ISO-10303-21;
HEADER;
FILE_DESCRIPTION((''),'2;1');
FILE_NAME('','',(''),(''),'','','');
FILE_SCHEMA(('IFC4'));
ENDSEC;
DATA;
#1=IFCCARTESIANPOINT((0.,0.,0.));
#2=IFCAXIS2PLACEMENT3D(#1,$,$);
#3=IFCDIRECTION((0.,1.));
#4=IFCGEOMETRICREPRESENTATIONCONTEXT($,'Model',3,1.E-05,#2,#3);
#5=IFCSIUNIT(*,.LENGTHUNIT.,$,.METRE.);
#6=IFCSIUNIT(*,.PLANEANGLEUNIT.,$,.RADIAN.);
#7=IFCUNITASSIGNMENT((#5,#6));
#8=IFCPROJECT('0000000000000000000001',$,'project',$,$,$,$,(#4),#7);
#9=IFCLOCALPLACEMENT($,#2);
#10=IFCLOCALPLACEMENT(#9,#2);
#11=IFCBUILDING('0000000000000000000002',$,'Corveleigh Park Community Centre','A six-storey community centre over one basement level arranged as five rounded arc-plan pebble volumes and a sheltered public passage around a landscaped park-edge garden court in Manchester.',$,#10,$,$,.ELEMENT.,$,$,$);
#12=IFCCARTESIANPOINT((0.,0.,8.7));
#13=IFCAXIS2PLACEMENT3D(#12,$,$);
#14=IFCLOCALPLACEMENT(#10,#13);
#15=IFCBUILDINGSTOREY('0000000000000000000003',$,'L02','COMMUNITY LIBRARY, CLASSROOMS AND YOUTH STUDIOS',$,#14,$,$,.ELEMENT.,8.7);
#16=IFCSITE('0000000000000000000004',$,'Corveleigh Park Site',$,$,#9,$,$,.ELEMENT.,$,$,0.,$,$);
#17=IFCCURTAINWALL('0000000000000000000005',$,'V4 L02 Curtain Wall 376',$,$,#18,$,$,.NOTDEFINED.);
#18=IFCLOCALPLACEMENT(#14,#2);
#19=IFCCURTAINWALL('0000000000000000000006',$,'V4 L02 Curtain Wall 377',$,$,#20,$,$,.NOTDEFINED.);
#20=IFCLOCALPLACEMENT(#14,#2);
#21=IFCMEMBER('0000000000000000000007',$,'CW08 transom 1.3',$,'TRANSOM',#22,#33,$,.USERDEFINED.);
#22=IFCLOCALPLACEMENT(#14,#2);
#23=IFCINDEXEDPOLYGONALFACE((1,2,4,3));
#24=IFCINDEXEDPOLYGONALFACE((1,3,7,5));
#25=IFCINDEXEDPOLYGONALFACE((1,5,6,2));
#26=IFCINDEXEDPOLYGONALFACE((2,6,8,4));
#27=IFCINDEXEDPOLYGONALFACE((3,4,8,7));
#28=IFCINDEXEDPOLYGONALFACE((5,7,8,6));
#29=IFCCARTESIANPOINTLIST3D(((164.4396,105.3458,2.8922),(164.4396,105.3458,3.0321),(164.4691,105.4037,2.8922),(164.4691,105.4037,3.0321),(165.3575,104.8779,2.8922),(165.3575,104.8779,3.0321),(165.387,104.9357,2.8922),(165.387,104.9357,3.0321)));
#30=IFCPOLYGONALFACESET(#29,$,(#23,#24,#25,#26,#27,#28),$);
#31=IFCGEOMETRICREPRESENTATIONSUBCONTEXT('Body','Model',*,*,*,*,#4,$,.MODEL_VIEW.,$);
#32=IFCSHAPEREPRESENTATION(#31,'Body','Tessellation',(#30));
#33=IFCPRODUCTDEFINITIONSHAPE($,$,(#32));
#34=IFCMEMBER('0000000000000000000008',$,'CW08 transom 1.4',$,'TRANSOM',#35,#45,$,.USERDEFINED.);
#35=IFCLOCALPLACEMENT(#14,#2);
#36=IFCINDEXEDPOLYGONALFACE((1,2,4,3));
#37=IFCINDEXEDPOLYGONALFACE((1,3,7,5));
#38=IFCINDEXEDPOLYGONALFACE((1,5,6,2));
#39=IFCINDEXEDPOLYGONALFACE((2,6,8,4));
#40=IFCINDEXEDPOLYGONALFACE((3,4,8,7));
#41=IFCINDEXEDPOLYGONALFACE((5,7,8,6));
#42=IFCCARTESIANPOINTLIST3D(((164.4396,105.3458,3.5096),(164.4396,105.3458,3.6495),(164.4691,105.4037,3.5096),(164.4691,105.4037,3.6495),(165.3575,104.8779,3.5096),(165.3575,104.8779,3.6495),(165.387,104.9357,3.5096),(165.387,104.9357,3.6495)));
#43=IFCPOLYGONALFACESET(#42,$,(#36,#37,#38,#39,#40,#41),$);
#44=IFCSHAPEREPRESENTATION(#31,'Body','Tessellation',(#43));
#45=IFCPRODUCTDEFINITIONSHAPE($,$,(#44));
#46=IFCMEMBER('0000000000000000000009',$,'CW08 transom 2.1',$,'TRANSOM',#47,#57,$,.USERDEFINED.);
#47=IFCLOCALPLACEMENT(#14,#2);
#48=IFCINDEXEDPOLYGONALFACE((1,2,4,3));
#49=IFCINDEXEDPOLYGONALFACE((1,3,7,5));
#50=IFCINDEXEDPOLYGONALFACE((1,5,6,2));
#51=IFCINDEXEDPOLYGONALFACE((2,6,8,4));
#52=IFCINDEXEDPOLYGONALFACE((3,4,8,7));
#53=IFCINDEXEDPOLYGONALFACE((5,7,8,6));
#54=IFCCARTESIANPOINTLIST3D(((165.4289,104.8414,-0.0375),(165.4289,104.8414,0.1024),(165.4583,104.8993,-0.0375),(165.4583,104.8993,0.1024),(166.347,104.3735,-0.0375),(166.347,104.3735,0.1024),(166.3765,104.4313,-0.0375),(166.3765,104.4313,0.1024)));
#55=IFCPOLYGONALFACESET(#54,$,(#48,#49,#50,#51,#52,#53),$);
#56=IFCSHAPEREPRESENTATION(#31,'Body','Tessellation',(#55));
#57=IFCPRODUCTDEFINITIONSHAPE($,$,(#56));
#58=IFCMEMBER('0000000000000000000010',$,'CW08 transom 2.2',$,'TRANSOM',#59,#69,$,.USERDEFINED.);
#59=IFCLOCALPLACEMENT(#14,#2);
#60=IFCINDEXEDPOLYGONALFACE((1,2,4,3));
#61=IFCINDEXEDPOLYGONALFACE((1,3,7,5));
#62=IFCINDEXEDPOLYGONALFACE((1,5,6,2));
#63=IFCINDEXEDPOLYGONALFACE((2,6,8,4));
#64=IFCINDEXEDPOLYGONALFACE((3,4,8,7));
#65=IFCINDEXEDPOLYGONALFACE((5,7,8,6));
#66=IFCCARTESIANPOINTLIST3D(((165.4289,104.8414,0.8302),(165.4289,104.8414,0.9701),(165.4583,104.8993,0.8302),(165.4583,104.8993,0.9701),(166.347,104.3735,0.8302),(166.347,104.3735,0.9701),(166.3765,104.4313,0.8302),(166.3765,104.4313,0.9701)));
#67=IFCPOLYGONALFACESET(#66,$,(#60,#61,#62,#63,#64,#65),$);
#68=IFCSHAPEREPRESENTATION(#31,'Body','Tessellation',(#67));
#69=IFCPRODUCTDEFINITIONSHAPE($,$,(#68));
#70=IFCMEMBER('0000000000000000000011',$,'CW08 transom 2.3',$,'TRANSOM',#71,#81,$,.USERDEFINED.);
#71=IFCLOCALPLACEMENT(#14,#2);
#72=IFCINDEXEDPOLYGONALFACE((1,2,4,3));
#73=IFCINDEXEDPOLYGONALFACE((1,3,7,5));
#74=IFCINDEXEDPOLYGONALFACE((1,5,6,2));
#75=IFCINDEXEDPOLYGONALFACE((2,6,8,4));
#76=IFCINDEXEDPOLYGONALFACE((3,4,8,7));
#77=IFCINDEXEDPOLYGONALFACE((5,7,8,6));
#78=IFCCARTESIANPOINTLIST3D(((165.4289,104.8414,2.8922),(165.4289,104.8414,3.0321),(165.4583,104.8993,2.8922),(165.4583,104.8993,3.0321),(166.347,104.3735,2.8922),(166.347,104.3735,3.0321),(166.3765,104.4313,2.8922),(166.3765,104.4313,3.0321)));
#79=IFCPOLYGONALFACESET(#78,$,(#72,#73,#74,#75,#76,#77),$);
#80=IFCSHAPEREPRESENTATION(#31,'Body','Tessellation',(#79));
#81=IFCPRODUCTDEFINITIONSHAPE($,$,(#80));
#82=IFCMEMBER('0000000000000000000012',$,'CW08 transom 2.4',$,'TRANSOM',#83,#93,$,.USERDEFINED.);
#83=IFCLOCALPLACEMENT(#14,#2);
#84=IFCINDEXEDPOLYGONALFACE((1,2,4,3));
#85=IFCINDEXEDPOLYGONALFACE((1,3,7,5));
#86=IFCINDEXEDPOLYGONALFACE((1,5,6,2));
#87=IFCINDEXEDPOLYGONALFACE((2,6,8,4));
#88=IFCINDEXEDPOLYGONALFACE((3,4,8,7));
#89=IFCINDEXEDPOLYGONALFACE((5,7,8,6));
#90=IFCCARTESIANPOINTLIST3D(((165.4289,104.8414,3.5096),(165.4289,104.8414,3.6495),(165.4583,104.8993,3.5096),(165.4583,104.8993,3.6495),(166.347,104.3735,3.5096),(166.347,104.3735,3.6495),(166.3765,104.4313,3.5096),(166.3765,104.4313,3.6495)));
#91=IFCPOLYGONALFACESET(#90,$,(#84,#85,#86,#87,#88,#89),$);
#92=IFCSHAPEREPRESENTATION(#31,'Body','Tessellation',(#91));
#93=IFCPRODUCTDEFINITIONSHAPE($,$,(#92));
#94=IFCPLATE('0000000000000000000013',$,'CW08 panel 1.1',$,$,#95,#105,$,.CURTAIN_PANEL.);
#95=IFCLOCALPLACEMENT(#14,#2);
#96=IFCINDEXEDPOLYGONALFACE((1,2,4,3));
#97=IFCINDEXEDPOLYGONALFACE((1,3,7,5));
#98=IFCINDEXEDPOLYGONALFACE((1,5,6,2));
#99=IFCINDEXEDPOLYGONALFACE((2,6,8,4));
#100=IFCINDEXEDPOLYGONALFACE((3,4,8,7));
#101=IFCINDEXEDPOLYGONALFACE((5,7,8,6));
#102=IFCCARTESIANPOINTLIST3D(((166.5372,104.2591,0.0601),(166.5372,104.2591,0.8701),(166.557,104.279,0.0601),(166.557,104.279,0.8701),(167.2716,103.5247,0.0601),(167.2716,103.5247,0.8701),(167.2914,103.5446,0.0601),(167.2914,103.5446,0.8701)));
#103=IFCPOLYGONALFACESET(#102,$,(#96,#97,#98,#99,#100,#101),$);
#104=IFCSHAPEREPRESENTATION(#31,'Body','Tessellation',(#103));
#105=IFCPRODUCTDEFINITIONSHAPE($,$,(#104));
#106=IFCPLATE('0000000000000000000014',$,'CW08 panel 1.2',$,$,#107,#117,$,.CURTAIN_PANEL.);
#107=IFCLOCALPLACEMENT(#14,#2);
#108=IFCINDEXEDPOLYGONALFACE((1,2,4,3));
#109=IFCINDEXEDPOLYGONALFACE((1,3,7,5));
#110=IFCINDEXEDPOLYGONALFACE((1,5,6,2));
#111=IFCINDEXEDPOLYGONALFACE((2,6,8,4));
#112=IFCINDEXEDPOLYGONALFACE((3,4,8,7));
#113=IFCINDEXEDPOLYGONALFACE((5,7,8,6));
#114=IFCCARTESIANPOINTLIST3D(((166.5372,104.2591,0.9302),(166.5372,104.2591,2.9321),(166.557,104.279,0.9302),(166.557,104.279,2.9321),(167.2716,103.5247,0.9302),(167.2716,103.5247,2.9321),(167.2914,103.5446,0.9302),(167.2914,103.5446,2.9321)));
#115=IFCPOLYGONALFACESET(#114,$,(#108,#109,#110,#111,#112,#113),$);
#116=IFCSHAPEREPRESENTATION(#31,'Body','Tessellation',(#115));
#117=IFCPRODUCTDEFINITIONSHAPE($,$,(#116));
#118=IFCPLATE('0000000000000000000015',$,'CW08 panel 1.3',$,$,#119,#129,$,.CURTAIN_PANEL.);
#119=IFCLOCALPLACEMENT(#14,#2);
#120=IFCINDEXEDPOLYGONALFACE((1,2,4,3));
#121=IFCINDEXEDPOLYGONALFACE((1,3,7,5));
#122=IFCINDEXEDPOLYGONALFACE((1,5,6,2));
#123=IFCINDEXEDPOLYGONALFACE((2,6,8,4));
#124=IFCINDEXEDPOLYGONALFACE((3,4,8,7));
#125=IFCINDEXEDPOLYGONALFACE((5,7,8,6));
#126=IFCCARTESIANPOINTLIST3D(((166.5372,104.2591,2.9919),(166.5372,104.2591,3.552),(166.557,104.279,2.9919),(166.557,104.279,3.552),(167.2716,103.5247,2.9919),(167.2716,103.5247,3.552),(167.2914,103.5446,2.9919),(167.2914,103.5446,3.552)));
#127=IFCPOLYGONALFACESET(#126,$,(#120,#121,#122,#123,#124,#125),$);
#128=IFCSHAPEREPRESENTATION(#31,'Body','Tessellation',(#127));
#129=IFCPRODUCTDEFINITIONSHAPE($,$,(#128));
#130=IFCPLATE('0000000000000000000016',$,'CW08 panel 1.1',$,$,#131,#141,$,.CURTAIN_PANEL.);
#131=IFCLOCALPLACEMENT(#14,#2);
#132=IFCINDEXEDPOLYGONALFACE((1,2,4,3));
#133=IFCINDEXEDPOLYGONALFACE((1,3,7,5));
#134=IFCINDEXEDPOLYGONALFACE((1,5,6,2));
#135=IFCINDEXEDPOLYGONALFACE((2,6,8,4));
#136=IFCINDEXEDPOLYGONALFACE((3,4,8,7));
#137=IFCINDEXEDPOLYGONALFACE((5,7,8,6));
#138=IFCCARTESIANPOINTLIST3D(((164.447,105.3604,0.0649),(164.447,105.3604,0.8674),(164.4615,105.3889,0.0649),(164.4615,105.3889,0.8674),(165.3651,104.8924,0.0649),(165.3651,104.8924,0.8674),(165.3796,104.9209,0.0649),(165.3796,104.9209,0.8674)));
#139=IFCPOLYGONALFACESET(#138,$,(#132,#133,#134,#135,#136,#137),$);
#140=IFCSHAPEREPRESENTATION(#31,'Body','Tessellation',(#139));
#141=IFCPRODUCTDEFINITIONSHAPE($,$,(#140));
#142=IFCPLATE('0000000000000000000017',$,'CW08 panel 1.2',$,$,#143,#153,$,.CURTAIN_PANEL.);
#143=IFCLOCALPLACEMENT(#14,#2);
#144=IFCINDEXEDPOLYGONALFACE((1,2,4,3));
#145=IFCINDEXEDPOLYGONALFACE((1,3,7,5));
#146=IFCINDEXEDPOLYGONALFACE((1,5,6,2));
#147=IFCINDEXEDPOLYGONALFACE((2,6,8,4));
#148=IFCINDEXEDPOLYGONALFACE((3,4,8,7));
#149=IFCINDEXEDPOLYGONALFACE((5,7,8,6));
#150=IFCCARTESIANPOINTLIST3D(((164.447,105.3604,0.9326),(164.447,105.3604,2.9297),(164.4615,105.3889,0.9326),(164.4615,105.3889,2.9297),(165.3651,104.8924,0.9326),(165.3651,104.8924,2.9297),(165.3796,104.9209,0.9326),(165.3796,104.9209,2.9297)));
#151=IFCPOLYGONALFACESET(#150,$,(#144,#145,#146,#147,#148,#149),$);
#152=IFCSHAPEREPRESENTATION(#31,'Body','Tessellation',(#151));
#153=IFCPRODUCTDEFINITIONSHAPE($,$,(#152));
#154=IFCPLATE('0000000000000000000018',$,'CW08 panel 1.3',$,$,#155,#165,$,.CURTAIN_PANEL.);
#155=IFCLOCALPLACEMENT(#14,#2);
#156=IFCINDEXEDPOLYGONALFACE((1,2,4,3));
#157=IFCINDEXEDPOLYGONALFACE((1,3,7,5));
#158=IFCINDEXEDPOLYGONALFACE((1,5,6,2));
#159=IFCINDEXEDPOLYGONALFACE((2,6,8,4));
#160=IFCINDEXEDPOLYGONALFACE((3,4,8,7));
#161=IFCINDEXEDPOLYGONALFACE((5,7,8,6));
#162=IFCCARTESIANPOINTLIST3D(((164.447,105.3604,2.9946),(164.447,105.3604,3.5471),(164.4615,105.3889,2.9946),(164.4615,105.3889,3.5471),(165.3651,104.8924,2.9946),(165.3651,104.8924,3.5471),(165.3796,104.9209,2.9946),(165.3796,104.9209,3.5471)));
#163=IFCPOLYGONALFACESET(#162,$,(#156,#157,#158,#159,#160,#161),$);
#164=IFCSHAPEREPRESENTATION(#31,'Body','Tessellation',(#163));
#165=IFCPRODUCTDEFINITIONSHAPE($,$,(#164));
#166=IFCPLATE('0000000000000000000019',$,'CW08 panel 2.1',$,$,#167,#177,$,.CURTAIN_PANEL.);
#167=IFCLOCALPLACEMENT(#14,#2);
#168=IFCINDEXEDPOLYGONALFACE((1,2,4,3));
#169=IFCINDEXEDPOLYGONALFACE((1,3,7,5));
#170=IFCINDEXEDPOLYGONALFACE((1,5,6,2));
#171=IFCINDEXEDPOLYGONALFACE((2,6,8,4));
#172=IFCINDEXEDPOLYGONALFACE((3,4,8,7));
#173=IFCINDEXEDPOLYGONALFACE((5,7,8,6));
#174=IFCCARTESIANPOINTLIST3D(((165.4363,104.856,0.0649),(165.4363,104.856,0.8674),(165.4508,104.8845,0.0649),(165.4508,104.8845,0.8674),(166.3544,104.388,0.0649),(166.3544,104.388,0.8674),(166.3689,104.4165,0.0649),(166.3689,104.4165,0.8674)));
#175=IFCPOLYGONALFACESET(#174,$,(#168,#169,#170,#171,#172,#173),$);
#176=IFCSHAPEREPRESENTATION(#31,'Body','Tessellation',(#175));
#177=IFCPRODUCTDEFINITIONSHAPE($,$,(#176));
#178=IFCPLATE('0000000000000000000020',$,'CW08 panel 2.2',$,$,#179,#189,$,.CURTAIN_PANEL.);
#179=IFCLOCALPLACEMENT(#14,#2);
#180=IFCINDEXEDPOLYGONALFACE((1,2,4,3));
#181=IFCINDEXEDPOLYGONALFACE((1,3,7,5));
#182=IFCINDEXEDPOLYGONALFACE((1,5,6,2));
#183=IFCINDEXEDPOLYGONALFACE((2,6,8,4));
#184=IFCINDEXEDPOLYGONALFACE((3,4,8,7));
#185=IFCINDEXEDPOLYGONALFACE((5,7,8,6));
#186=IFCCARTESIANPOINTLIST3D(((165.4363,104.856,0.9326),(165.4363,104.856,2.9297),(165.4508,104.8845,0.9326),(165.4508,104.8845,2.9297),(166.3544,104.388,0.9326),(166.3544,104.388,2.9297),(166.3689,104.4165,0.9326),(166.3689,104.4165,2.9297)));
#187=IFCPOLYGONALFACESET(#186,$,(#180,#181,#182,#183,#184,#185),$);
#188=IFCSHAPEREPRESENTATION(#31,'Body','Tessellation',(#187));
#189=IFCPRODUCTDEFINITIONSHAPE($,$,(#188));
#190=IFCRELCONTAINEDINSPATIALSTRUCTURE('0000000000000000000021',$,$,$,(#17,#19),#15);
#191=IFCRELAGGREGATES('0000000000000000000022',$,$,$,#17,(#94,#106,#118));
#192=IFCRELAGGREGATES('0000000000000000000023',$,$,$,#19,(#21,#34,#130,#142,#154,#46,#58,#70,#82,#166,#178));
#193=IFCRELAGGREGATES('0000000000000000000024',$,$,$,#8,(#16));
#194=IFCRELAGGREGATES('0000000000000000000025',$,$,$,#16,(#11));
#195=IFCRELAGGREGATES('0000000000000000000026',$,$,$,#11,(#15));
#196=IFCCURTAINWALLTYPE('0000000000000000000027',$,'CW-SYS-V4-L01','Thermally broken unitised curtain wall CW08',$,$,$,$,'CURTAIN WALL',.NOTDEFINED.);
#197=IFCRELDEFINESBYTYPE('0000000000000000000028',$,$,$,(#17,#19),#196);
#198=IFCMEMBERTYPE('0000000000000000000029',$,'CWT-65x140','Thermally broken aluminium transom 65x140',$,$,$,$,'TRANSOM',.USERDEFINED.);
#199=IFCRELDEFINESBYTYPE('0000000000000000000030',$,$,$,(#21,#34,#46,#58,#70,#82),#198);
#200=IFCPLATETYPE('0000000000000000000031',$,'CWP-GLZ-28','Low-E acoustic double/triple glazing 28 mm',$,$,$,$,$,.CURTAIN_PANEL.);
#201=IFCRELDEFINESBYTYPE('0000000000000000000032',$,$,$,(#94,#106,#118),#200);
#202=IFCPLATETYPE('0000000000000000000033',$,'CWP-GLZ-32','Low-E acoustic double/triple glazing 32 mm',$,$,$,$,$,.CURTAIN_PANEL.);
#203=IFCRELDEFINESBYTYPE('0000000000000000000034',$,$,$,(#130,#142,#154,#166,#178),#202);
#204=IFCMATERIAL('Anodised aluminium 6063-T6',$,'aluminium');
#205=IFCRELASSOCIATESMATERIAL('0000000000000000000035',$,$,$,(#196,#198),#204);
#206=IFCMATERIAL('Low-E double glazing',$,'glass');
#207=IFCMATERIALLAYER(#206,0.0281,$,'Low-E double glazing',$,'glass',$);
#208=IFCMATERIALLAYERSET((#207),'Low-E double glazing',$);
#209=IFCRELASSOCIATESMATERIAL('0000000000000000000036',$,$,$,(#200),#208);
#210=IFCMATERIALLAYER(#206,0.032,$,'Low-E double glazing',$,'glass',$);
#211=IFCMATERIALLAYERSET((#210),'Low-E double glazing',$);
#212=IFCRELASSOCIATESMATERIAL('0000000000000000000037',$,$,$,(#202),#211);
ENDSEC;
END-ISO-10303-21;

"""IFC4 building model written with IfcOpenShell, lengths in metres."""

from ifc_helpers import new_model, si_unit, direction, frame, origin, origin_2d, place, context, subcontext, project, spatial, rectangle, extrude, material, layer, layer_set, material_profile, profile_set, type_object, element, aggregate, save


model = new_model("IFC4")

# Units and contexts
model_context = context("Model", 3, precision=1e-05, world=origin(), true_north=direction((0.0, 1.0)))
body_context = subcontext(model_context, "Body", "Model", "MODEL_VIEW")
ifc_project = project(units=[si_unit("LENGTHUNIT", "METRE"), si_unit("PLANEANGLEUNIT", "RADIAN")], contexts=[model_context])

# Site, building, storey
site_placement = place(None, origin())
site = spatial("IfcSite", under=ifc_project, at=site_placement, Name="Corveleigh Park Site", CompositionType="ELEMENT", RefElevation=0.0)
building_placement = place(site_placement, origin())
building = spatial("IfcBuilding", under=site, at=building_placement, Name="Corveleigh Park Community Centre", Description="A six-storey community centre over one basement level arranged as five rounded arc-plan pebble volumes and a sheltered public passage around a landscaped park-edge garden court in Manchester.", CompositionType="ELEMENT")
storey_placement = place(building_placement, frame((0.0, 0.0, 8.7)))
storey = spatial("IfcBuildingStorey", under=building, at=storey_placement, Name="L02", Description="COMMUNITY LIBRARY, CLASSROOMS AND YOUTH STUDIOS", CompositionType="ELEMENT", Elevation=8.7)

# Curtain walls
ifc_material_1 = material(Name="Anodised aluminium 6063-T6", Category="aluminium")
curtain_wall_type = type_object("IfcCurtainWallType", Name="CW-SYS-V4-L01", Description="Thermally broken unitised curtain wall CW08", ElementType="CURTAIN WALL", PredefinedType="NOTDEFINED", material=ifc_material_1)
curtain_wall_1_placement = place(storey_placement, origin())
curtain_wall_1 = element("IfcCurtainWall", 1, at=curtain_wall_1_placement, inside=storey, type_object=curtain_wall_type, Name="V4 L02 Curtain Wall 376", PredefinedType="NOTDEFINED")
curtain_wall_2_placement = place(storey_placement, origin())
curtain_wall_2 = element("IfcCurtainWall", 2, at=curtain_wall_2_placement, inside=storey, type_object=curtain_wall_type, Name="V4 L02 Curtain Wall 377", PredefinedType="NOTDEFINED")

# Members
ifc_material_profile_1 = material_profile(ifc_material_1, rectangle(XDim=0.0649, YDim=0.1399, at=origin_2d()), Name="ALU-T65x140", Category="aluminium")
ifc_profile_set_1 = profile_set([ifc_material_profile_1], Name="Anodised aluminium 6063-T6")
member_type_1 = type_object("IfcMemberType", Name="CWT-65x140", Description="Thermally broken aluminium transom 65x140", ElementType="TRANSOM", PredefinedType="USERDEFINED", material=ifc_profile_set_1)
member_1_placement = place(storey_placement, frame((164.4543, 105.3748, 2.9622), z_axis=(0.890893, -0.454213, 0.0), x_axis=(0.454213, 0.890893, 0.0)))
member_1 = element("IfcMember", 3, at=member_1_placement, type_object=member_type_1, Name="CW08 transom 1.3", ObjectType="TRANSOM", PredefinedType="USERDEFINED", context=body_context, shape_type="SweptSolid", body=[
    extrude(rectangle(XDim=0.0649, YDim=0.1399, at=origin_2d()), origin(), (0.0, 0.0, 1.0), 1.0303),
])
member_2_placement = place(storey_placement, frame((164.4543, 105.3748, 3.5796), z_axis=(0.890893, -0.454213, 0.0), x_axis=(0.454213, 0.890893, 0.0)))
member_2 = element("IfcMember", 4, at=member_2_placement, type_object=member_type_1, Name="CW08 transom 1.4", ObjectType="TRANSOM", PredefinedType="USERDEFINED", context=body_context, shape_type="SweptSolid", body=[
    extrude(rectangle(XDim=0.0649, YDim=0.1399, at=origin_2d()), origin(), (0.0, 0.0, 1.0), 1.0303),
])
member_3_placement = place(storey_placement, frame((165.4436, 104.8704, 0.0325), z_axis=(0.890942, -0.454117, 0.0), x_axis=(0.454117, 0.890942, 0.0)))
member_3 = element("IfcMember", 5, at=member_3_placement, type_object=member_type_1, Name="CW08 transom 2.1", ObjectType="TRANSOM", PredefinedType="USERDEFINED", context=body_context, shape_type="SweptSolid", body=[
    extrude(rectangle(XDim=0.0649, YDim=0.1399, at=origin_2d()), origin(), (0.0, 0.0, 1.0), 1.0305),
])
member_4_placement = place(storey_placement, frame((165.4436, 104.8704, 0.9001), z_axis=(0.890942, -0.454117, 0.0), x_axis=(0.454117, 0.890942, 0.0)))
member_4 = element("IfcMember", 6, at=member_4_placement, type_object=member_type_1, Name="CW08 transom 2.2", ObjectType="TRANSOM", PredefinedType="USERDEFINED", context=body_context, shape_type="SweptSolid", body=[
    extrude(rectangle(XDim=0.0649, YDim=0.1399, at=origin_2d()), origin(), (0.0, 0.0, 1.0), 1.0305),
])
member_5_placement = place(storey_placement, frame((165.4436, 104.8704, 2.9622), z_axis=(0.890942, -0.454117, 0.0), x_axis=(0.454117, 0.890942, 0.0)))
member_5 = element("IfcMember", 7, at=member_5_placement, type_object=member_type_1, Name="CW08 transom 2.3", ObjectType="TRANSOM", PredefinedType="USERDEFINED", context=body_context, shape_type="SweptSolid", body=[
    extrude(rectangle(XDim=0.0649, YDim=0.1399, at=origin_2d()), origin(), (0.0, 0.0, 1.0), 1.0305),
])
member_6_placement = place(storey_placement, frame((165.4436, 104.8704, 3.5796), z_axis=(0.890942, -0.454117, 0.0), x_axis=(0.454117, 0.890942, 0.0)))
member_6 = element("IfcMember", 8, at=member_6_placement, type_object=member_type_1, Name="CW08 transom 2.4", ObjectType="TRANSOM", PredefinedType="USERDEFINED", context=body_context, shape_type="SweptSolid", body=[
    extrude(rectangle(XDim=0.0649, YDim=0.1399, at=origin_2d()), origin(), (0.0, 0.0, 1.0), 1.0305),
])

# Plates
ifc_material_2 = material(Name="Low-E double glazing", Category="glass")
ifc_layer_1 = layer(ifc_material_2, 0.0281, Name="Low-E double glazing", Category="glass")
ifc_layer_set_1 = layer_set([ifc_layer_1], Name="Low-E double glazing")
plate_type_1 = type_object("IfcPlateType", Name="CWP-GLZ-28", Description="Low-E acoustic double/triple glazing 28 mm", PredefinedType="CURTAIN_PANEL", material=ifc_layer_set_1)
plate_1_placement = place(storey_placement, frame((166.9143, 103.9019, 0.0601), z_axis=(0.0, 0.0, 1.0), x_axis=(0.707107, -0.707107, 0.0)))
plate_1 = element("IfcPlate", 9, at=plate_1_placement, type_object=plate_type_1, Name="CW08 panel 1.1", PredefinedType="CURTAIN_PANEL", context=body_context, shape_type="SweptSolid", body=[
    extrude(rectangle(XDim=1.0386, YDim=0.0281, at=origin_2d()), origin(), (0.0, 0.0, 1.0), 0.8101),
])
plate_2_placement = place(storey_placement, frame((166.9143, 103.9019, 0.9302), z_axis=(0.0, 0.0, 1.0), x_axis=(0.707107, -0.707107, 0.0)))
plate_2 = element("IfcPlate", 10, at=plate_2_placement, type_object=plate_type_1, Name="CW08 panel 1.2", PredefinedType="CURTAIN_PANEL", context=body_context, shape_type="SweptSolid", body=[
    extrude(rectangle(XDim=1.0386, YDim=0.0281, at=origin_2d()), origin(), (0.0, 0.0, 1.0), 2.002),
])
plate_3_placement = place(storey_placement, frame((166.9143, 103.9019, 2.9919), z_axis=(0.0, 0.0, 1.0), x_axis=(0.707107, -0.707107, 0.0)))
plate_3 = element("IfcPlate", 11, at=plate_3_placement, type_object=plate_type_1, Name="CW08 panel 1.3", PredefinedType="CURTAIN_PANEL", context=body_context, shape_type="SweptSolid", body=[
    extrude(rectangle(XDim=1.0386, YDim=0.0281, at=origin_2d()), origin(), (0.0, 0.0, 1.0), 0.5601),
])
aggregate(curtain_wall_1, [plate_1, plate_2, plate_3])
ifc_layer_2 = layer(ifc_material_2, 0.032, Name="Low-E double glazing", Category="glass")
ifc_layer_set_2 = layer_set([ifc_layer_2], Name="Low-E double glazing")
plate_type_2 = type_object("IfcPlateType", Name="CWP-GLZ-32", Description="Low-E acoustic double/triple glazing 32 mm", PredefinedType="CURTAIN_PANEL", material=ifc_layer_set_2)
plate_4_placement = place(storey_placement, frame((164.9133, 105.1406, 0.0649), z_axis=(0.0, 0.0, 1.0), x_axis=(0.890923, -0.454154, 0.0)))
plate_4 = element("IfcPlate", 12, at=plate_4_placement, type_object=plate_type_2, Name="CW08 panel 1.1", PredefinedType="CURTAIN_PANEL", context=body_context, shape_type="SweptSolid", body=[
    extrude(rectangle(XDim=1.0305, YDim=0.032, at=origin_2d()), origin(), (0.0, 0.0, 1.0), 0.8025),
])
plate_5_placement = place(storey_placement, frame((164.9133, 105.1406, 0.9326), z_axis=(0.0, 0.0, 1.0), x_axis=(0.890923, -0.454154, 0.0)))
plate_5 = element("IfcPlate", 13, at=plate_5_placement, type_object=plate_type_2, Name="CW08 panel 1.2", PredefinedType="CURTAIN_PANEL", context=body_context, shape_type="SweptSolid", body=[
    extrude(rectangle(XDim=1.0305, YDim=0.032, at=origin_2d()), origin(), (0.0, 0.0, 1.0), 1.9971),
])
plate_6_placement = place(storey_placement, frame((164.9133, 105.1406, 2.9946), z_axis=(0.0, 0.0, 1.0), x_axis=(0.890923, -0.454154, 0.0)))
plate_6 = element("IfcPlate", 14, at=plate_6_placement, type_object=plate_type_2, Name="CW08 panel 1.3", PredefinedType="CURTAIN_PANEL", context=body_context, shape_type="SweptSolid", body=[
    extrude(rectangle(XDim=1.0305, YDim=0.032, at=origin_2d()), origin(), (0.0, 0.0, 1.0), 0.5525),
])
plate_7_placement = place(storey_placement, frame((165.9026, 104.6362, 0.0649), z_axis=(0.0, 0.0, 1.0), x_axis=(0.890923, -0.454154, 0.0)))
plate_7 = element("IfcPlate", 15, at=plate_7_placement, type_object=plate_type_2, Name="CW08 panel 2.1", PredefinedType="CURTAIN_PANEL", context=body_context, shape_type="SweptSolid", body=[
    extrude(rectangle(XDim=1.0305, YDim=0.032, at=origin_2d()), origin(), (0.0, 0.0, 1.0), 0.8025),
])
plate_8_placement = place(storey_placement, frame((165.9026, 104.6362, 0.9326), z_axis=(0.0, 0.0, 1.0), x_axis=(0.890923, -0.454154, 0.0)))
plate_8 = element("IfcPlate", 16, at=plate_8_placement, type_object=plate_type_2, Name="CW08 panel 2.2", PredefinedType="CURTAIN_PANEL", context=body_context, shape_type="SweptSolid", body=[
    extrude(rectangle(XDim=1.0305, YDim=0.032, at=origin_2d()), origin(), (0.0, 0.0, 1.0), 1.9971),
])
aggregate(curtain_wall_2, [member_1, member_2, plate_4, plate_5, plate_6, member_3, member_4, member_5, member_6, plate_7, plate_8])

save(model, "model.ifc")
